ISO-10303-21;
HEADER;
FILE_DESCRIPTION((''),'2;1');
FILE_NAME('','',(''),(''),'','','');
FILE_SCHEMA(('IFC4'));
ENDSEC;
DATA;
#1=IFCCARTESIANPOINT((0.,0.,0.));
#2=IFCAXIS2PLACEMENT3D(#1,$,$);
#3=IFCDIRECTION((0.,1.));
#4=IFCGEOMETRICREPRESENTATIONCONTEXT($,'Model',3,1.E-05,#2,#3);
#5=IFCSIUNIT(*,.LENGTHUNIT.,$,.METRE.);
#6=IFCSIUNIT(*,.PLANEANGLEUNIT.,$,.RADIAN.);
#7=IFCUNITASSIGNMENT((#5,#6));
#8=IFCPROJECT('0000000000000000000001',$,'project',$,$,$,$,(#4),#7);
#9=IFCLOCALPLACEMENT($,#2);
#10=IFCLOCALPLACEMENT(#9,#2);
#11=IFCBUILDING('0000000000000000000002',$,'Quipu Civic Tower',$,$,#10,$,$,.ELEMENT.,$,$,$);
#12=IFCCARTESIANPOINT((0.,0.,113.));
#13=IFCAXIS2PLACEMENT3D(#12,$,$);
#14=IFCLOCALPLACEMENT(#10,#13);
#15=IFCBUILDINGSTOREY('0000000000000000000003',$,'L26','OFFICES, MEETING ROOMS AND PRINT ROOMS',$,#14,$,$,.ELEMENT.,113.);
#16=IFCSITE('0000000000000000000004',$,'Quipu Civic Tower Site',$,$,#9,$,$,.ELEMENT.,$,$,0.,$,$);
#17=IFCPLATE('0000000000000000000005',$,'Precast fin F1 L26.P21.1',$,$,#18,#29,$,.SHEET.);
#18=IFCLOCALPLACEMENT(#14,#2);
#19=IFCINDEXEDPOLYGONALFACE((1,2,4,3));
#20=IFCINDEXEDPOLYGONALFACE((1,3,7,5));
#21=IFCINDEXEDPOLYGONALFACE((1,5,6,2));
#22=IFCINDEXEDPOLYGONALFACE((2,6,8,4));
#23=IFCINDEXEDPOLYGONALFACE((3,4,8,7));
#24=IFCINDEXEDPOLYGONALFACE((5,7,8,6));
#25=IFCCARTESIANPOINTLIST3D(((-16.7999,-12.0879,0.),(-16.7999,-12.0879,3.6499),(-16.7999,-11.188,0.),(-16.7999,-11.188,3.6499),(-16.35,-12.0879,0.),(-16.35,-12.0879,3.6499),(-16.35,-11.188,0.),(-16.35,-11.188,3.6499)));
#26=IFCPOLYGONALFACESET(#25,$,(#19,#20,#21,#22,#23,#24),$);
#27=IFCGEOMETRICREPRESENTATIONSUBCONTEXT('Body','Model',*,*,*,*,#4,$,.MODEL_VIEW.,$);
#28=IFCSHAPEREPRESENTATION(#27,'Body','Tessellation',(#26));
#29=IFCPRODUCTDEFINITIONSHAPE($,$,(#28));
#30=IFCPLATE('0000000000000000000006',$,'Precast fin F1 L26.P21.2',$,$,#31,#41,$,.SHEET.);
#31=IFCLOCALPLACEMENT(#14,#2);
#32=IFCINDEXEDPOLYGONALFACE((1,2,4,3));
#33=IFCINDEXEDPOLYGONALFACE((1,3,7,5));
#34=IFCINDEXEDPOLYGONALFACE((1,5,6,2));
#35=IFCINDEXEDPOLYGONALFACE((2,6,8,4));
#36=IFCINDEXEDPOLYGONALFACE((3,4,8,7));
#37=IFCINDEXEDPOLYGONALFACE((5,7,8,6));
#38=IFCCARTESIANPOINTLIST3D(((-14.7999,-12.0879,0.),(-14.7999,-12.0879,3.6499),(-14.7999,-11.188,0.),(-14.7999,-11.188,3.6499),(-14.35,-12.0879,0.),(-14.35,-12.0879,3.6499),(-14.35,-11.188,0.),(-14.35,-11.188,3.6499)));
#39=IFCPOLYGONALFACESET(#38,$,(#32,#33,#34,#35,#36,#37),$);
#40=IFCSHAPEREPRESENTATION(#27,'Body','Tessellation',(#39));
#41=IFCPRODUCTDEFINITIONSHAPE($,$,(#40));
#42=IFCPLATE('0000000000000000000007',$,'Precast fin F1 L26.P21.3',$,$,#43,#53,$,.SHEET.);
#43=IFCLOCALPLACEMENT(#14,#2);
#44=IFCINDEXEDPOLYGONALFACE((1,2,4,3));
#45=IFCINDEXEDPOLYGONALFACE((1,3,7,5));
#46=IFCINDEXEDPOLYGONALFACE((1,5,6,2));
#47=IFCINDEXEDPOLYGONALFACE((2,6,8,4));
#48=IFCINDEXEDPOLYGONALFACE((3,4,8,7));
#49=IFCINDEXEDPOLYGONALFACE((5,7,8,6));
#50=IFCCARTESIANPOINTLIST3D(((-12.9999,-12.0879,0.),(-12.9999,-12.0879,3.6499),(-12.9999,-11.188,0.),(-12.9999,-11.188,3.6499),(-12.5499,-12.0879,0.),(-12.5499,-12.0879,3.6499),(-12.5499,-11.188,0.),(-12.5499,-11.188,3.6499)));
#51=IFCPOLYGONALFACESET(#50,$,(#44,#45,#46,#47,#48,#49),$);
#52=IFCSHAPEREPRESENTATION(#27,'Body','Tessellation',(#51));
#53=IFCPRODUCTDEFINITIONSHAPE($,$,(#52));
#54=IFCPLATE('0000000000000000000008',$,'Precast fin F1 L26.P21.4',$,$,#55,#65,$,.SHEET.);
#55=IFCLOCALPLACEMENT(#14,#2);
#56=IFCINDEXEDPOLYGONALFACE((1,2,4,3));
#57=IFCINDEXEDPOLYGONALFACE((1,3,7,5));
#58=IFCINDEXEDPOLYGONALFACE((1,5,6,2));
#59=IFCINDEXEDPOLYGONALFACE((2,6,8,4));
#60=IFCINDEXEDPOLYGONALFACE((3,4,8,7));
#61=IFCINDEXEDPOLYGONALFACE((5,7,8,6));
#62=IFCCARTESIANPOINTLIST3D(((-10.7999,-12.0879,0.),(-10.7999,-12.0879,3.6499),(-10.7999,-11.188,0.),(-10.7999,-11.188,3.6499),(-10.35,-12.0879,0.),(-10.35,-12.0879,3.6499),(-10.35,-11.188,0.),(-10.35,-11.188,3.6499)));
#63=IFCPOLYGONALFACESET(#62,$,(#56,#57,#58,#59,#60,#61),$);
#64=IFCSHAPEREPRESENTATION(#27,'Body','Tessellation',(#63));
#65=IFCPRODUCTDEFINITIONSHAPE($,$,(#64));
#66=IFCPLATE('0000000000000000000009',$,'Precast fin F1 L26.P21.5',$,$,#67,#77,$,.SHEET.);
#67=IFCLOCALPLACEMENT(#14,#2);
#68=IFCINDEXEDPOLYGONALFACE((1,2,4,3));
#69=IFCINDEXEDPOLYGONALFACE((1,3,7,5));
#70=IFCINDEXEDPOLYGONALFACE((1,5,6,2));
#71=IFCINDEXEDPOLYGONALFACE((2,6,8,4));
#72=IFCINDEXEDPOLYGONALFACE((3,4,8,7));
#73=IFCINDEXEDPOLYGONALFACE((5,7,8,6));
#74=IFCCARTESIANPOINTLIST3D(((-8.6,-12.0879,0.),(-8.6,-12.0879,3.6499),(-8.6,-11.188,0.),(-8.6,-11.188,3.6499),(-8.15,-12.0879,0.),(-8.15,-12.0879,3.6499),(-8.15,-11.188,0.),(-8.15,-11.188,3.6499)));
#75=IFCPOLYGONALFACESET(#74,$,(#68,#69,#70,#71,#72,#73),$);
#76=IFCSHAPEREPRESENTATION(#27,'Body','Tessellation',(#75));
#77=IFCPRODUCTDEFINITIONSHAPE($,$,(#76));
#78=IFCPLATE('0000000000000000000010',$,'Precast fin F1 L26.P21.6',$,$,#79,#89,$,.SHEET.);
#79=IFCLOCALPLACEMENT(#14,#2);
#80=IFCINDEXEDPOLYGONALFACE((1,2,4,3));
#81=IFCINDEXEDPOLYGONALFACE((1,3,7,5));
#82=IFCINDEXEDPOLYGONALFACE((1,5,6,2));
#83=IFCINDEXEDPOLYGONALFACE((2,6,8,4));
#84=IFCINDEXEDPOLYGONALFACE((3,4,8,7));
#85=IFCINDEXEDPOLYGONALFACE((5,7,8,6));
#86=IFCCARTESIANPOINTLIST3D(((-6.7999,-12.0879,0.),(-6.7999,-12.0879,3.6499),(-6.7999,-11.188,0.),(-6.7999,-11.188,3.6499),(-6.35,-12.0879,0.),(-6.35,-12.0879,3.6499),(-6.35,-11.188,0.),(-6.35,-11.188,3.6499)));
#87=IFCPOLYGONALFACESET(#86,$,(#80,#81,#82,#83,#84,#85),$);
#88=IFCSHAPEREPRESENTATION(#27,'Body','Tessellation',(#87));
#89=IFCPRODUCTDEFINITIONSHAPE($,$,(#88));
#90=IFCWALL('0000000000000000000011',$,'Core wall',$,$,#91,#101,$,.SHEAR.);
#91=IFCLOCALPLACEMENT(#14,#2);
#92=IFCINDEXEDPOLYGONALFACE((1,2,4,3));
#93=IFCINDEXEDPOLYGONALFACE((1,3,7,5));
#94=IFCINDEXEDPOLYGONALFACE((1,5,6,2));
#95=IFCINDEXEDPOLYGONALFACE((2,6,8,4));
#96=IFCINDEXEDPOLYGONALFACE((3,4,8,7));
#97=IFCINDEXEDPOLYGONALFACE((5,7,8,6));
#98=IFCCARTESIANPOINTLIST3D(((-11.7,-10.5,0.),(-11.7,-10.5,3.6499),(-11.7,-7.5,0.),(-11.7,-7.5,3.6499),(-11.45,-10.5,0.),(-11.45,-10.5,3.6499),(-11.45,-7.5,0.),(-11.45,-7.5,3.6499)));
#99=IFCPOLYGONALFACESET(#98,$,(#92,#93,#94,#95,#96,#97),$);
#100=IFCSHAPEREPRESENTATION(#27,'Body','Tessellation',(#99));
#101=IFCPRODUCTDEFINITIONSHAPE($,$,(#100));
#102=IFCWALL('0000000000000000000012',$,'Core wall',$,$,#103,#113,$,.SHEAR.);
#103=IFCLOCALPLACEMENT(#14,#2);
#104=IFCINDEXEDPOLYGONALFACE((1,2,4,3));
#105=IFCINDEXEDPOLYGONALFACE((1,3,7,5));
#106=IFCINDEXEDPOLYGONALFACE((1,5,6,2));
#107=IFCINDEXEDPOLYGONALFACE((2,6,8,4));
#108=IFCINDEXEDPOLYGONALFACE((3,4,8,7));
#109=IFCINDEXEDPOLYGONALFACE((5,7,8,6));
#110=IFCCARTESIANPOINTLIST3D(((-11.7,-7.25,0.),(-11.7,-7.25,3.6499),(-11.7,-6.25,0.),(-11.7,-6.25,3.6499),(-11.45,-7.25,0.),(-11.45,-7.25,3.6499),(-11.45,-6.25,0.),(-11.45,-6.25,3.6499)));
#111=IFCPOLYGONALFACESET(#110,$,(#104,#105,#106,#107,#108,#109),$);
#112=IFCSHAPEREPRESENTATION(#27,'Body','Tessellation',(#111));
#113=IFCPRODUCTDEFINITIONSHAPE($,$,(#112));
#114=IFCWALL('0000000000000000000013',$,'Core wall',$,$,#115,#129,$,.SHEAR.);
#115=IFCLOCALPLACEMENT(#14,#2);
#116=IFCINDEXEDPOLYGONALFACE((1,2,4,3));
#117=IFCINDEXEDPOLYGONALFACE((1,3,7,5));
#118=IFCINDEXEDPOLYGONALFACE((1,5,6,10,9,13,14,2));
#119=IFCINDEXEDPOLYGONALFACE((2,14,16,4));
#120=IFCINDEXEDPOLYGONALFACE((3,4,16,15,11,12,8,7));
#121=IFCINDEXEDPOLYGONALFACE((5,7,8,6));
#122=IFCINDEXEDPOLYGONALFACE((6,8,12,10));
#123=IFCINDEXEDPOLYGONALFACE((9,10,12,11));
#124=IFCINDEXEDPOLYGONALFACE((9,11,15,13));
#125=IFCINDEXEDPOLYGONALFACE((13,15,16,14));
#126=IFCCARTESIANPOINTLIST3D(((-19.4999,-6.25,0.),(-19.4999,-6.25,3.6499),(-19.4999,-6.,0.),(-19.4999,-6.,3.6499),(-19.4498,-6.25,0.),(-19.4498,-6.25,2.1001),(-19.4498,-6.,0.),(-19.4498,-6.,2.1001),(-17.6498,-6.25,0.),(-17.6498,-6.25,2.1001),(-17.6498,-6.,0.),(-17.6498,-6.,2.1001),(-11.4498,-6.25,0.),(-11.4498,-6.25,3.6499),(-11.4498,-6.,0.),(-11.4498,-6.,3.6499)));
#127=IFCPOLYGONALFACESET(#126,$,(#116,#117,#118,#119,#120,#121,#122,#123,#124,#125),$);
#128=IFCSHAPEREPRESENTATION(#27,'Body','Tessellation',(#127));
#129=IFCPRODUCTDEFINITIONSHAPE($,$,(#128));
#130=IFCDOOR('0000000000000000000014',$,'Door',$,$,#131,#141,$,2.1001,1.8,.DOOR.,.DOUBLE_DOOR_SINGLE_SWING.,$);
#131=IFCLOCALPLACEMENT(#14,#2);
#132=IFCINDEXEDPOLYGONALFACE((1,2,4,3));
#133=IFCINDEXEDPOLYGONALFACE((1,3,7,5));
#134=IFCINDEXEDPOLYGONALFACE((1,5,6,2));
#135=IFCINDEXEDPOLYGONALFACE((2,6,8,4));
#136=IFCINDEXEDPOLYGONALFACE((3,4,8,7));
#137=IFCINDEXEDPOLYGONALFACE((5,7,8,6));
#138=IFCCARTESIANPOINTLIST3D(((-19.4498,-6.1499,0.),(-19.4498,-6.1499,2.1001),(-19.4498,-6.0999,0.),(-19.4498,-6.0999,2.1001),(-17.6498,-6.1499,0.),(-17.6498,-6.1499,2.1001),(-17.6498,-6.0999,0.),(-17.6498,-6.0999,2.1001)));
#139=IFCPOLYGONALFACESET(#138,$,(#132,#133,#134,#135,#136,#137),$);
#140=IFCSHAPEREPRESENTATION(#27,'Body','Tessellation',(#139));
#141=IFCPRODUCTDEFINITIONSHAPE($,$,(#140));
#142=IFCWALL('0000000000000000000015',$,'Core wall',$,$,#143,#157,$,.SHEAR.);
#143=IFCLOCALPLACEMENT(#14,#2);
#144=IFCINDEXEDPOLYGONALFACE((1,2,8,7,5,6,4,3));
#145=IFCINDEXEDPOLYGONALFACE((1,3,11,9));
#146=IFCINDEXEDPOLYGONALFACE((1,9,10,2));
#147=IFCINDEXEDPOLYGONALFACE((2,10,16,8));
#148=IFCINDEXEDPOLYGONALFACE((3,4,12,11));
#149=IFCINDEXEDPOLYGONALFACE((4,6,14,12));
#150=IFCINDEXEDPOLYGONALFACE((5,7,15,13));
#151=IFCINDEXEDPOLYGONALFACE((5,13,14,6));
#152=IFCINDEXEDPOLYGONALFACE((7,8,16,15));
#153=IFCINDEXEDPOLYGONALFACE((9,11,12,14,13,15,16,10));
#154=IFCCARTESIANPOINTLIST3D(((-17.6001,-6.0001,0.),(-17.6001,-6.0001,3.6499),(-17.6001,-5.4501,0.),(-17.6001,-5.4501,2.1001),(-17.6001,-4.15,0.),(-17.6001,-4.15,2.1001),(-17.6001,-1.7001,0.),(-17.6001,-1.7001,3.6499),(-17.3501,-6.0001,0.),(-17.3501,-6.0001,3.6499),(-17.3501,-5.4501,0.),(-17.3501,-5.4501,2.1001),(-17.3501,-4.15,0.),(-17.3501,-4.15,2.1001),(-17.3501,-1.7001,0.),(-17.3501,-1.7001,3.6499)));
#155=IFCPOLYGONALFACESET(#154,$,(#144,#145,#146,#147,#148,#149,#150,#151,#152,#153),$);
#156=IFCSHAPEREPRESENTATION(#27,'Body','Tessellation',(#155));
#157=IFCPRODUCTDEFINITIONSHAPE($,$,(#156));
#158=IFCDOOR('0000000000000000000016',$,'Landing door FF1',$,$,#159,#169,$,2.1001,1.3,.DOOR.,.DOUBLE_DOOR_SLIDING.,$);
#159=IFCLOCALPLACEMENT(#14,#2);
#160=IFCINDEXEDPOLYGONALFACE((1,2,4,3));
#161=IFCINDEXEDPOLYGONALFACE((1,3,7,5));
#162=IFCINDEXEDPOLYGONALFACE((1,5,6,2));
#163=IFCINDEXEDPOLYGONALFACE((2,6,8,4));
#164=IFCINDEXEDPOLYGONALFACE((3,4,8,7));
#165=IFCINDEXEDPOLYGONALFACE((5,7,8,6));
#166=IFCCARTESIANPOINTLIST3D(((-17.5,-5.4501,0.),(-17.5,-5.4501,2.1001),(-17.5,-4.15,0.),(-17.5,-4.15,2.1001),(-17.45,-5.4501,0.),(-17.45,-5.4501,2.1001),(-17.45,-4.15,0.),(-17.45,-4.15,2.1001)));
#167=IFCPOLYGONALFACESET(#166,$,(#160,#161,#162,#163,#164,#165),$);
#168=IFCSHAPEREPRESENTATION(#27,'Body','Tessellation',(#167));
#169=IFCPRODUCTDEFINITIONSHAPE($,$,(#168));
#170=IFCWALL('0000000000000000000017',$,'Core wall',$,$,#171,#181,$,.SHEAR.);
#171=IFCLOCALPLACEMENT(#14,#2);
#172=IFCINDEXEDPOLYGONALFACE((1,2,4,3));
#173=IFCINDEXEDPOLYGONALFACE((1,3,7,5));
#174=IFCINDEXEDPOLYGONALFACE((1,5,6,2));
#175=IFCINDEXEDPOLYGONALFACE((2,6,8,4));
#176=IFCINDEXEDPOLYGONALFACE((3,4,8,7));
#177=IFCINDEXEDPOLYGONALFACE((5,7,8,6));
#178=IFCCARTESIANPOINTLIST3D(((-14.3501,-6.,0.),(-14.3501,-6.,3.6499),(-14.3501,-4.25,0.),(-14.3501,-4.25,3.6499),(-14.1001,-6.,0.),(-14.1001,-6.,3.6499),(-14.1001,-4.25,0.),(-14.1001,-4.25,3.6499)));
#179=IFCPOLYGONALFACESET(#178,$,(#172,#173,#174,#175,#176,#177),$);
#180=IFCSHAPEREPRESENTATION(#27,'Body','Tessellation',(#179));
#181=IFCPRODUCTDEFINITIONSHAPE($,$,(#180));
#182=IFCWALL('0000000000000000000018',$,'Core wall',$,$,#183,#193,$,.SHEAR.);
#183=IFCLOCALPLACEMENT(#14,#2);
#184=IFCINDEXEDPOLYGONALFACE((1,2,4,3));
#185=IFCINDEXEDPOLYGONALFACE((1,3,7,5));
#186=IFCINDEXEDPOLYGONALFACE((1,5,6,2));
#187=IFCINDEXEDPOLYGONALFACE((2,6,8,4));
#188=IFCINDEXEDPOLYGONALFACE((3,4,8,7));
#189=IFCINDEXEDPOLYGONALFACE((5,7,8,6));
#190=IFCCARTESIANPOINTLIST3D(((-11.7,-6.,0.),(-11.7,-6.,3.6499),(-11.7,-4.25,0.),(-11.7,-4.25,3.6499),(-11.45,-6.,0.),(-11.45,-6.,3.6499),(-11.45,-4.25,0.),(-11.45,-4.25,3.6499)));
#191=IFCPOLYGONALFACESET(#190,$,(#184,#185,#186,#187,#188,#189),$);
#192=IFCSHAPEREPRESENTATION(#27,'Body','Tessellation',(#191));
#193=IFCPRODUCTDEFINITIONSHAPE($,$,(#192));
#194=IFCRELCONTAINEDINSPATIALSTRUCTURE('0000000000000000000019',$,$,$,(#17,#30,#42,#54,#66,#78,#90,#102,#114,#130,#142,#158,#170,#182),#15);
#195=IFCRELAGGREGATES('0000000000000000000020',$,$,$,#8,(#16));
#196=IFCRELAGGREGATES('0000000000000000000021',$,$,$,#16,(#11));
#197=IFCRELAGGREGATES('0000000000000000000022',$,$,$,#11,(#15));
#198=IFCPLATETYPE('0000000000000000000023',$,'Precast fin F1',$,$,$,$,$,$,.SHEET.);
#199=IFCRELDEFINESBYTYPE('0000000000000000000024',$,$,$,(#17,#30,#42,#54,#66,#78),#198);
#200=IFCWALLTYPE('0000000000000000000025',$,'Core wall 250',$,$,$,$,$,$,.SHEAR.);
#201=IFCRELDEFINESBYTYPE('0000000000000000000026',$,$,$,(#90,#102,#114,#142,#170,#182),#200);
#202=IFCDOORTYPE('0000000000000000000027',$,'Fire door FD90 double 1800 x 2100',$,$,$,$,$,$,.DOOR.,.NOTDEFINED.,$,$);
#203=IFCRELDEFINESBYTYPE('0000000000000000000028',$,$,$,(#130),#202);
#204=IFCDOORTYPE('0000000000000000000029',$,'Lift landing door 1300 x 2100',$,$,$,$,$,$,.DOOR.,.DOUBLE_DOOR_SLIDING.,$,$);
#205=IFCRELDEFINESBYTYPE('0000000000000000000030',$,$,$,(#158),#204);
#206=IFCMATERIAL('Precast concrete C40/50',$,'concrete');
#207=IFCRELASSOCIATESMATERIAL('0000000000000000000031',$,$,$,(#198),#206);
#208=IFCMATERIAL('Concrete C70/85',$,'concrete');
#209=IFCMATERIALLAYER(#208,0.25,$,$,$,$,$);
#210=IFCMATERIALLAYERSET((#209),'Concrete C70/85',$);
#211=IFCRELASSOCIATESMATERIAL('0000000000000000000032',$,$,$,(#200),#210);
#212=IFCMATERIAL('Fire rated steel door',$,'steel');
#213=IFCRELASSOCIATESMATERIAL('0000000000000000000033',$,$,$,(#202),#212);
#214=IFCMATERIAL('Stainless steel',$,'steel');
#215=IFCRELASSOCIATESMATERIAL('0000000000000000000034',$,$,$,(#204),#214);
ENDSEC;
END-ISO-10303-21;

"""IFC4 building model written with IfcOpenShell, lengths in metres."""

from ifc_helpers import new_model, si_unit, direction, frame, frame_2d, origin, origin_2d, place, context, subcontext, project, spatial, rectangle, extrude, material, layer, layer_set, type_object, element, fill, save


model = new_model("IFC4")

# Units and contexts
model_context = context("Model", 3, precision=1e-05, world=origin(), true_north=direction((0.0, 1.0)))
body_context = subcontext(model_context, "Body", "Model", "MODEL_VIEW")
ifc_project = project(units=[si_unit("LENGTHUNIT", "METRE"), si_unit("PLANEANGLEUNIT", "RADIAN")], contexts=[model_context])

# Site, building, storey
site_placement = place(None, origin())
site = spatial("IfcSite", under=ifc_project, at=site_placement, Name="Quipu Civic Tower Site", CompositionType="ELEMENT", RefElevation=0.0)
building_placement = place(site_placement, origin())
building = spatial("IfcBuilding", under=site, at=building_placement, Name="Quipu Civic Tower", CompositionType="ELEMENT")
storey_placement = place(building_placement, frame((0.0, 0.0, 113.0)))
storey = spatial("IfcBuildingStorey", under=building, at=storey_placement, Name="L26", Description="OFFICES, MEETING ROOMS AND PRINT ROOMS", CompositionType="ELEMENT", Elevation=113.0)

# Plates
ifc_material_1 = material(Name="Precast concrete C40/50", Category="concrete")
plate_type = type_object("IfcPlateType", Name="Precast fin F1", PredefinedType="SHEET", material=ifc_material_1)
for number, where, z_axis, x_axis, name in (
    (1, (-16.575, -11.6379, 0.0), (0.0, 0.0, 1.0), (1.0, 0.0, 0.0), "Precast fin F1 L26.P21.1"),
    (2, (-14.575, -11.6379, 0.0), (0.0, 0.0, 1.0), (1.0, 0.0, 0.0), "Precast fin F1 L26.P21.2"),
    (3, (-12.7749, -11.6379, 0.0), (0.0, 0.0, 1.0), (1.0, 0.0, 0.0), "Precast fin F1 L26.P21.3"),
    (4, (-10.575, -11.6379, 0.0), (0.0, 0.0, 1.0), (1.0, 0.0, 0.0), "Precast fin F1 L26.P21.4"),
    (5, (-8.375, -11.6379, 0.0), (0.0, 0.0, 1.0), (1.0, 0.0, 0.0), "Precast fin F1 L26.P21.5"),
    (6, (-6.575, -11.6379, 0.0), (0.0, 0.0, 1.0), (1.0, 0.0, 0.0), "Precast fin F1 L26.P21.6"),
):
    element("IfcPlate", number, at=place(storey_placement, frame(where, z_axis=z_axis, x_axis=x_axis)), inside=storey, type_object=plate_type, Name=name, PredefinedType="SHEET", context=body_context, shape_type="SweptSolid", body=[
        extrude(rectangle(XDim=0.45, YDim=0.8999, at=origin_2d()), origin(), (0.0, 0.0, 1.0), 3.6499),
    ])

# Walls
ifc_material_2 = material(Name="Concrete C70/85", Category="concrete")
ifc_layer_1 = layer(ifc_material_2, 0.25)
ifc_layer_set_1 = layer_set([ifc_layer_1], Name="Concrete C70/85")
wall_type_1 = type_object("IfcWallType", Name="Core wall 250", PredefinedType="SHEAR", material=ifc_layer_set_1)
wall_1_placement = place(storey_placement, frame((-11.575, -10.5, 0.0), z_axis=(0.0, 0.0, 1.0), x_axis=(0.0, 1.0, 0.0)))
element("IfcWall", 7, at=wall_1_placement, inside=storey, type_object=wall_type_1, Name="Core wall", PredefinedType="SHEAR", context=body_context, shape_type="SweptSolid", body=[
    extrude(rectangle(XDim=3.0, YDim=0.25, at=frame_2d((1.5, 0.0))), origin(), (0.0, 0.0, 1.0), 3.6499),
])
wall_2_placement = place(storey_placement, frame((-11.575, -7.25, 0.0), z_axis=(0.0, 0.0, 1.0), x_axis=(0.0, 1.0, 0.0)))
element("IfcWall", 8, at=wall_2_placement, inside=storey, type_object=wall_type_1, Name="Core wall", PredefinedType="SHEAR", context=body_context, shape_type="SweptSolid", body=[
    extrude(rectangle(XDim=1.0, YDim=0.25, at=frame_2d((0.5, 0.0))), origin(), (0.0, 0.0, 1.0), 3.6499),
])

# Walls, openings, doors
wall_3_placement = place(storey_placement, frame((-11.45, -6.125, 0.0), z_axis=(0.0, 0.0, 1.0), x_axis=(-1.0, 0.0, 0.0)))
wall_3 = element("IfcWall", 9, at=wall_3_placement, inside=storey, type_object=wall_type_1, Name="Core wall", PredefinedType="SHEAR", context=body_context, shape_type="SweptSolid", body=[
    extrude(rectangle(XDim=8.05, YDim=0.25, at=frame_2d((4.0249, 0.0))), origin(), (0.0, 0.0, 1.0), 3.6499),
])
opening_1_placement = place(wall_3_placement, frame((6.2, 0.0, 0.0)))
opening_1 = element("IfcOpeningElement", 10, at=opening_1_placement, cuts=wall_3, PredefinedType="OPENING", context=body_context, shape_type="SweptSolid", body=[
    extrude(rectangle(XDim=1.8, YDim=2.1001, at=frame_2d((0.8999, 1.05))), frame((0.0, 0.135, 0.0), z_axis=(0.0, -1.0, 0.0), x_axis=(1.0, 0.0, 0.0)), (0.0, 0.0, 1.0), 0.27),
])
ifc_material_3 = material(Name="Fire rated steel door", Category="steel")
door_type_1 = type_object("IfcDoorType", Name="Fire door FD90 double 1800 x 2100", OperationType="NOTDEFINED", PredefinedType="DOOR", material=ifc_material_3)
door_1_placement = place(opening_1_placement, origin())
door_1 = element("IfcDoor", 11, at=door_1_placement, inside=storey, type_object=door_type_1, Name="Door", OperationType="DOUBLE_DOOR_SINGLE_SWING", OverallHeight=2.1001, OverallWidth=1.8, PredefinedType="DOOR", context=body_context, shape_type="SweptSolid", body=[
    extrude(rectangle(XDim=1.8, YDim=2.1001, at=frame_2d((0.8999, 1.05))), frame((0.0, 0.0249, 0.0), z_axis=(0.0, -1.0, 0.0), x_axis=(1.0, 0.0, 0.0)), (0.0, 0.0, 1.0), 0.05),
])
fill(opening_1, door_1)
wall_4_placement = place(storey_placement, frame((-17.4751, -6.0, 0.0), z_axis=(0.0, 0.0, 1.0), x_axis=(0.0, 1.0, 0.0)))
wall_4 = element("IfcWall", 12, at=wall_4_placement, inside=storey, type_object=wall_type_1, Name="Core wall", PredefinedType="SHEAR", context=body_context, shape_type="SweptSolid", body=[
    extrude(rectangle(XDim=4.3, YDim=0.25, at=frame_2d((2.1499, 0.0))), origin(), (0.0, 0.0, 1.0), 3.6499),
])
opening_2_placement = place(wall_4_placement, frame((0.55, 0.0, 0.0)))
opening_2 = element("IfcOpeningElement", 13, at=opening_2_placement, cuts=wall_4, PredefinedType="OPENING", context=body_context, shape_type="SweptSolid", body=[
    extrude(rectangle(XDim=1.3, YDim=2.1001, at=frame_2d((0.6499, 1.05))), frame((0.0, 0.135, 0.0), z_axis=(0.0, -1.0, 0.0), x_axis=(1.0, 0.0, 0.0)), (0.0, 0.0, 1.0), 0.27),
])
ifc_material_4 = material(Name="Stainless steel", Category="steel")
door_type_2 = type_object("IfcDoorType", Name="Lift landing door 1300 x 2100", OperationType="DOUBLE_DOOR_SLIDING", PredefinedType="DOOR", material=ifc_material_4)
door_2_placement = place(opening_2_placement, origin())
door_2 = element("IfcDoor", 14, at=door_2_placement, inside=storey, type_object=door_type_2, Name="Landing door FF1", OperationType="DOUBLE_DOOR_SLIDING", OverallHeight=2.1001, OverallWidth=1.3, PredefinedType="DOOR", context=body_context, shape_type="SweptSolid", body=[
    extrude(rectangle(XDim=1.3, YDim=2.1001, at=frame_2d((0.6499, 1.05))), frame((0.0, 0.0249, 0.0), z_axis=(0.0, -1.0, 0.0), x_axis=(1.0, 0.0, 0.0)), (0.0, 0.0, 1.0), 0.05),
])
fill(opening_2, door_2)

# Walls
for number, where, z_axis, x_axis, name in (
    (15, (-14.2251, -6.0, 0.0), (0.0, 0.0, 1.0), (0.0, 1.0, 0.0), "Core wall"),
    (16, (-11.575, -6.0, 0.0), (0.0, 0.0, 1.0), (0.0, 1.0, 0.0), "Core wall"),
):
    element("IfcWall", number, at=place(storey_placement, frame(where, z_axis=z_axis, x_axis=x_axis)), inside=storey, type_object=wall_type_1, Name=name, PredefinedType="SHEAR", context=body_context, shape_type="SweptSolid", body=[
        extrude(rectangle(XDim=1.75, YDim=0.25, at=frame_2d((0.875, 0.0))), origin(), (0.0, 0.0, 1.0), 3.6499),
    ])

save(model, "model.ifc")
